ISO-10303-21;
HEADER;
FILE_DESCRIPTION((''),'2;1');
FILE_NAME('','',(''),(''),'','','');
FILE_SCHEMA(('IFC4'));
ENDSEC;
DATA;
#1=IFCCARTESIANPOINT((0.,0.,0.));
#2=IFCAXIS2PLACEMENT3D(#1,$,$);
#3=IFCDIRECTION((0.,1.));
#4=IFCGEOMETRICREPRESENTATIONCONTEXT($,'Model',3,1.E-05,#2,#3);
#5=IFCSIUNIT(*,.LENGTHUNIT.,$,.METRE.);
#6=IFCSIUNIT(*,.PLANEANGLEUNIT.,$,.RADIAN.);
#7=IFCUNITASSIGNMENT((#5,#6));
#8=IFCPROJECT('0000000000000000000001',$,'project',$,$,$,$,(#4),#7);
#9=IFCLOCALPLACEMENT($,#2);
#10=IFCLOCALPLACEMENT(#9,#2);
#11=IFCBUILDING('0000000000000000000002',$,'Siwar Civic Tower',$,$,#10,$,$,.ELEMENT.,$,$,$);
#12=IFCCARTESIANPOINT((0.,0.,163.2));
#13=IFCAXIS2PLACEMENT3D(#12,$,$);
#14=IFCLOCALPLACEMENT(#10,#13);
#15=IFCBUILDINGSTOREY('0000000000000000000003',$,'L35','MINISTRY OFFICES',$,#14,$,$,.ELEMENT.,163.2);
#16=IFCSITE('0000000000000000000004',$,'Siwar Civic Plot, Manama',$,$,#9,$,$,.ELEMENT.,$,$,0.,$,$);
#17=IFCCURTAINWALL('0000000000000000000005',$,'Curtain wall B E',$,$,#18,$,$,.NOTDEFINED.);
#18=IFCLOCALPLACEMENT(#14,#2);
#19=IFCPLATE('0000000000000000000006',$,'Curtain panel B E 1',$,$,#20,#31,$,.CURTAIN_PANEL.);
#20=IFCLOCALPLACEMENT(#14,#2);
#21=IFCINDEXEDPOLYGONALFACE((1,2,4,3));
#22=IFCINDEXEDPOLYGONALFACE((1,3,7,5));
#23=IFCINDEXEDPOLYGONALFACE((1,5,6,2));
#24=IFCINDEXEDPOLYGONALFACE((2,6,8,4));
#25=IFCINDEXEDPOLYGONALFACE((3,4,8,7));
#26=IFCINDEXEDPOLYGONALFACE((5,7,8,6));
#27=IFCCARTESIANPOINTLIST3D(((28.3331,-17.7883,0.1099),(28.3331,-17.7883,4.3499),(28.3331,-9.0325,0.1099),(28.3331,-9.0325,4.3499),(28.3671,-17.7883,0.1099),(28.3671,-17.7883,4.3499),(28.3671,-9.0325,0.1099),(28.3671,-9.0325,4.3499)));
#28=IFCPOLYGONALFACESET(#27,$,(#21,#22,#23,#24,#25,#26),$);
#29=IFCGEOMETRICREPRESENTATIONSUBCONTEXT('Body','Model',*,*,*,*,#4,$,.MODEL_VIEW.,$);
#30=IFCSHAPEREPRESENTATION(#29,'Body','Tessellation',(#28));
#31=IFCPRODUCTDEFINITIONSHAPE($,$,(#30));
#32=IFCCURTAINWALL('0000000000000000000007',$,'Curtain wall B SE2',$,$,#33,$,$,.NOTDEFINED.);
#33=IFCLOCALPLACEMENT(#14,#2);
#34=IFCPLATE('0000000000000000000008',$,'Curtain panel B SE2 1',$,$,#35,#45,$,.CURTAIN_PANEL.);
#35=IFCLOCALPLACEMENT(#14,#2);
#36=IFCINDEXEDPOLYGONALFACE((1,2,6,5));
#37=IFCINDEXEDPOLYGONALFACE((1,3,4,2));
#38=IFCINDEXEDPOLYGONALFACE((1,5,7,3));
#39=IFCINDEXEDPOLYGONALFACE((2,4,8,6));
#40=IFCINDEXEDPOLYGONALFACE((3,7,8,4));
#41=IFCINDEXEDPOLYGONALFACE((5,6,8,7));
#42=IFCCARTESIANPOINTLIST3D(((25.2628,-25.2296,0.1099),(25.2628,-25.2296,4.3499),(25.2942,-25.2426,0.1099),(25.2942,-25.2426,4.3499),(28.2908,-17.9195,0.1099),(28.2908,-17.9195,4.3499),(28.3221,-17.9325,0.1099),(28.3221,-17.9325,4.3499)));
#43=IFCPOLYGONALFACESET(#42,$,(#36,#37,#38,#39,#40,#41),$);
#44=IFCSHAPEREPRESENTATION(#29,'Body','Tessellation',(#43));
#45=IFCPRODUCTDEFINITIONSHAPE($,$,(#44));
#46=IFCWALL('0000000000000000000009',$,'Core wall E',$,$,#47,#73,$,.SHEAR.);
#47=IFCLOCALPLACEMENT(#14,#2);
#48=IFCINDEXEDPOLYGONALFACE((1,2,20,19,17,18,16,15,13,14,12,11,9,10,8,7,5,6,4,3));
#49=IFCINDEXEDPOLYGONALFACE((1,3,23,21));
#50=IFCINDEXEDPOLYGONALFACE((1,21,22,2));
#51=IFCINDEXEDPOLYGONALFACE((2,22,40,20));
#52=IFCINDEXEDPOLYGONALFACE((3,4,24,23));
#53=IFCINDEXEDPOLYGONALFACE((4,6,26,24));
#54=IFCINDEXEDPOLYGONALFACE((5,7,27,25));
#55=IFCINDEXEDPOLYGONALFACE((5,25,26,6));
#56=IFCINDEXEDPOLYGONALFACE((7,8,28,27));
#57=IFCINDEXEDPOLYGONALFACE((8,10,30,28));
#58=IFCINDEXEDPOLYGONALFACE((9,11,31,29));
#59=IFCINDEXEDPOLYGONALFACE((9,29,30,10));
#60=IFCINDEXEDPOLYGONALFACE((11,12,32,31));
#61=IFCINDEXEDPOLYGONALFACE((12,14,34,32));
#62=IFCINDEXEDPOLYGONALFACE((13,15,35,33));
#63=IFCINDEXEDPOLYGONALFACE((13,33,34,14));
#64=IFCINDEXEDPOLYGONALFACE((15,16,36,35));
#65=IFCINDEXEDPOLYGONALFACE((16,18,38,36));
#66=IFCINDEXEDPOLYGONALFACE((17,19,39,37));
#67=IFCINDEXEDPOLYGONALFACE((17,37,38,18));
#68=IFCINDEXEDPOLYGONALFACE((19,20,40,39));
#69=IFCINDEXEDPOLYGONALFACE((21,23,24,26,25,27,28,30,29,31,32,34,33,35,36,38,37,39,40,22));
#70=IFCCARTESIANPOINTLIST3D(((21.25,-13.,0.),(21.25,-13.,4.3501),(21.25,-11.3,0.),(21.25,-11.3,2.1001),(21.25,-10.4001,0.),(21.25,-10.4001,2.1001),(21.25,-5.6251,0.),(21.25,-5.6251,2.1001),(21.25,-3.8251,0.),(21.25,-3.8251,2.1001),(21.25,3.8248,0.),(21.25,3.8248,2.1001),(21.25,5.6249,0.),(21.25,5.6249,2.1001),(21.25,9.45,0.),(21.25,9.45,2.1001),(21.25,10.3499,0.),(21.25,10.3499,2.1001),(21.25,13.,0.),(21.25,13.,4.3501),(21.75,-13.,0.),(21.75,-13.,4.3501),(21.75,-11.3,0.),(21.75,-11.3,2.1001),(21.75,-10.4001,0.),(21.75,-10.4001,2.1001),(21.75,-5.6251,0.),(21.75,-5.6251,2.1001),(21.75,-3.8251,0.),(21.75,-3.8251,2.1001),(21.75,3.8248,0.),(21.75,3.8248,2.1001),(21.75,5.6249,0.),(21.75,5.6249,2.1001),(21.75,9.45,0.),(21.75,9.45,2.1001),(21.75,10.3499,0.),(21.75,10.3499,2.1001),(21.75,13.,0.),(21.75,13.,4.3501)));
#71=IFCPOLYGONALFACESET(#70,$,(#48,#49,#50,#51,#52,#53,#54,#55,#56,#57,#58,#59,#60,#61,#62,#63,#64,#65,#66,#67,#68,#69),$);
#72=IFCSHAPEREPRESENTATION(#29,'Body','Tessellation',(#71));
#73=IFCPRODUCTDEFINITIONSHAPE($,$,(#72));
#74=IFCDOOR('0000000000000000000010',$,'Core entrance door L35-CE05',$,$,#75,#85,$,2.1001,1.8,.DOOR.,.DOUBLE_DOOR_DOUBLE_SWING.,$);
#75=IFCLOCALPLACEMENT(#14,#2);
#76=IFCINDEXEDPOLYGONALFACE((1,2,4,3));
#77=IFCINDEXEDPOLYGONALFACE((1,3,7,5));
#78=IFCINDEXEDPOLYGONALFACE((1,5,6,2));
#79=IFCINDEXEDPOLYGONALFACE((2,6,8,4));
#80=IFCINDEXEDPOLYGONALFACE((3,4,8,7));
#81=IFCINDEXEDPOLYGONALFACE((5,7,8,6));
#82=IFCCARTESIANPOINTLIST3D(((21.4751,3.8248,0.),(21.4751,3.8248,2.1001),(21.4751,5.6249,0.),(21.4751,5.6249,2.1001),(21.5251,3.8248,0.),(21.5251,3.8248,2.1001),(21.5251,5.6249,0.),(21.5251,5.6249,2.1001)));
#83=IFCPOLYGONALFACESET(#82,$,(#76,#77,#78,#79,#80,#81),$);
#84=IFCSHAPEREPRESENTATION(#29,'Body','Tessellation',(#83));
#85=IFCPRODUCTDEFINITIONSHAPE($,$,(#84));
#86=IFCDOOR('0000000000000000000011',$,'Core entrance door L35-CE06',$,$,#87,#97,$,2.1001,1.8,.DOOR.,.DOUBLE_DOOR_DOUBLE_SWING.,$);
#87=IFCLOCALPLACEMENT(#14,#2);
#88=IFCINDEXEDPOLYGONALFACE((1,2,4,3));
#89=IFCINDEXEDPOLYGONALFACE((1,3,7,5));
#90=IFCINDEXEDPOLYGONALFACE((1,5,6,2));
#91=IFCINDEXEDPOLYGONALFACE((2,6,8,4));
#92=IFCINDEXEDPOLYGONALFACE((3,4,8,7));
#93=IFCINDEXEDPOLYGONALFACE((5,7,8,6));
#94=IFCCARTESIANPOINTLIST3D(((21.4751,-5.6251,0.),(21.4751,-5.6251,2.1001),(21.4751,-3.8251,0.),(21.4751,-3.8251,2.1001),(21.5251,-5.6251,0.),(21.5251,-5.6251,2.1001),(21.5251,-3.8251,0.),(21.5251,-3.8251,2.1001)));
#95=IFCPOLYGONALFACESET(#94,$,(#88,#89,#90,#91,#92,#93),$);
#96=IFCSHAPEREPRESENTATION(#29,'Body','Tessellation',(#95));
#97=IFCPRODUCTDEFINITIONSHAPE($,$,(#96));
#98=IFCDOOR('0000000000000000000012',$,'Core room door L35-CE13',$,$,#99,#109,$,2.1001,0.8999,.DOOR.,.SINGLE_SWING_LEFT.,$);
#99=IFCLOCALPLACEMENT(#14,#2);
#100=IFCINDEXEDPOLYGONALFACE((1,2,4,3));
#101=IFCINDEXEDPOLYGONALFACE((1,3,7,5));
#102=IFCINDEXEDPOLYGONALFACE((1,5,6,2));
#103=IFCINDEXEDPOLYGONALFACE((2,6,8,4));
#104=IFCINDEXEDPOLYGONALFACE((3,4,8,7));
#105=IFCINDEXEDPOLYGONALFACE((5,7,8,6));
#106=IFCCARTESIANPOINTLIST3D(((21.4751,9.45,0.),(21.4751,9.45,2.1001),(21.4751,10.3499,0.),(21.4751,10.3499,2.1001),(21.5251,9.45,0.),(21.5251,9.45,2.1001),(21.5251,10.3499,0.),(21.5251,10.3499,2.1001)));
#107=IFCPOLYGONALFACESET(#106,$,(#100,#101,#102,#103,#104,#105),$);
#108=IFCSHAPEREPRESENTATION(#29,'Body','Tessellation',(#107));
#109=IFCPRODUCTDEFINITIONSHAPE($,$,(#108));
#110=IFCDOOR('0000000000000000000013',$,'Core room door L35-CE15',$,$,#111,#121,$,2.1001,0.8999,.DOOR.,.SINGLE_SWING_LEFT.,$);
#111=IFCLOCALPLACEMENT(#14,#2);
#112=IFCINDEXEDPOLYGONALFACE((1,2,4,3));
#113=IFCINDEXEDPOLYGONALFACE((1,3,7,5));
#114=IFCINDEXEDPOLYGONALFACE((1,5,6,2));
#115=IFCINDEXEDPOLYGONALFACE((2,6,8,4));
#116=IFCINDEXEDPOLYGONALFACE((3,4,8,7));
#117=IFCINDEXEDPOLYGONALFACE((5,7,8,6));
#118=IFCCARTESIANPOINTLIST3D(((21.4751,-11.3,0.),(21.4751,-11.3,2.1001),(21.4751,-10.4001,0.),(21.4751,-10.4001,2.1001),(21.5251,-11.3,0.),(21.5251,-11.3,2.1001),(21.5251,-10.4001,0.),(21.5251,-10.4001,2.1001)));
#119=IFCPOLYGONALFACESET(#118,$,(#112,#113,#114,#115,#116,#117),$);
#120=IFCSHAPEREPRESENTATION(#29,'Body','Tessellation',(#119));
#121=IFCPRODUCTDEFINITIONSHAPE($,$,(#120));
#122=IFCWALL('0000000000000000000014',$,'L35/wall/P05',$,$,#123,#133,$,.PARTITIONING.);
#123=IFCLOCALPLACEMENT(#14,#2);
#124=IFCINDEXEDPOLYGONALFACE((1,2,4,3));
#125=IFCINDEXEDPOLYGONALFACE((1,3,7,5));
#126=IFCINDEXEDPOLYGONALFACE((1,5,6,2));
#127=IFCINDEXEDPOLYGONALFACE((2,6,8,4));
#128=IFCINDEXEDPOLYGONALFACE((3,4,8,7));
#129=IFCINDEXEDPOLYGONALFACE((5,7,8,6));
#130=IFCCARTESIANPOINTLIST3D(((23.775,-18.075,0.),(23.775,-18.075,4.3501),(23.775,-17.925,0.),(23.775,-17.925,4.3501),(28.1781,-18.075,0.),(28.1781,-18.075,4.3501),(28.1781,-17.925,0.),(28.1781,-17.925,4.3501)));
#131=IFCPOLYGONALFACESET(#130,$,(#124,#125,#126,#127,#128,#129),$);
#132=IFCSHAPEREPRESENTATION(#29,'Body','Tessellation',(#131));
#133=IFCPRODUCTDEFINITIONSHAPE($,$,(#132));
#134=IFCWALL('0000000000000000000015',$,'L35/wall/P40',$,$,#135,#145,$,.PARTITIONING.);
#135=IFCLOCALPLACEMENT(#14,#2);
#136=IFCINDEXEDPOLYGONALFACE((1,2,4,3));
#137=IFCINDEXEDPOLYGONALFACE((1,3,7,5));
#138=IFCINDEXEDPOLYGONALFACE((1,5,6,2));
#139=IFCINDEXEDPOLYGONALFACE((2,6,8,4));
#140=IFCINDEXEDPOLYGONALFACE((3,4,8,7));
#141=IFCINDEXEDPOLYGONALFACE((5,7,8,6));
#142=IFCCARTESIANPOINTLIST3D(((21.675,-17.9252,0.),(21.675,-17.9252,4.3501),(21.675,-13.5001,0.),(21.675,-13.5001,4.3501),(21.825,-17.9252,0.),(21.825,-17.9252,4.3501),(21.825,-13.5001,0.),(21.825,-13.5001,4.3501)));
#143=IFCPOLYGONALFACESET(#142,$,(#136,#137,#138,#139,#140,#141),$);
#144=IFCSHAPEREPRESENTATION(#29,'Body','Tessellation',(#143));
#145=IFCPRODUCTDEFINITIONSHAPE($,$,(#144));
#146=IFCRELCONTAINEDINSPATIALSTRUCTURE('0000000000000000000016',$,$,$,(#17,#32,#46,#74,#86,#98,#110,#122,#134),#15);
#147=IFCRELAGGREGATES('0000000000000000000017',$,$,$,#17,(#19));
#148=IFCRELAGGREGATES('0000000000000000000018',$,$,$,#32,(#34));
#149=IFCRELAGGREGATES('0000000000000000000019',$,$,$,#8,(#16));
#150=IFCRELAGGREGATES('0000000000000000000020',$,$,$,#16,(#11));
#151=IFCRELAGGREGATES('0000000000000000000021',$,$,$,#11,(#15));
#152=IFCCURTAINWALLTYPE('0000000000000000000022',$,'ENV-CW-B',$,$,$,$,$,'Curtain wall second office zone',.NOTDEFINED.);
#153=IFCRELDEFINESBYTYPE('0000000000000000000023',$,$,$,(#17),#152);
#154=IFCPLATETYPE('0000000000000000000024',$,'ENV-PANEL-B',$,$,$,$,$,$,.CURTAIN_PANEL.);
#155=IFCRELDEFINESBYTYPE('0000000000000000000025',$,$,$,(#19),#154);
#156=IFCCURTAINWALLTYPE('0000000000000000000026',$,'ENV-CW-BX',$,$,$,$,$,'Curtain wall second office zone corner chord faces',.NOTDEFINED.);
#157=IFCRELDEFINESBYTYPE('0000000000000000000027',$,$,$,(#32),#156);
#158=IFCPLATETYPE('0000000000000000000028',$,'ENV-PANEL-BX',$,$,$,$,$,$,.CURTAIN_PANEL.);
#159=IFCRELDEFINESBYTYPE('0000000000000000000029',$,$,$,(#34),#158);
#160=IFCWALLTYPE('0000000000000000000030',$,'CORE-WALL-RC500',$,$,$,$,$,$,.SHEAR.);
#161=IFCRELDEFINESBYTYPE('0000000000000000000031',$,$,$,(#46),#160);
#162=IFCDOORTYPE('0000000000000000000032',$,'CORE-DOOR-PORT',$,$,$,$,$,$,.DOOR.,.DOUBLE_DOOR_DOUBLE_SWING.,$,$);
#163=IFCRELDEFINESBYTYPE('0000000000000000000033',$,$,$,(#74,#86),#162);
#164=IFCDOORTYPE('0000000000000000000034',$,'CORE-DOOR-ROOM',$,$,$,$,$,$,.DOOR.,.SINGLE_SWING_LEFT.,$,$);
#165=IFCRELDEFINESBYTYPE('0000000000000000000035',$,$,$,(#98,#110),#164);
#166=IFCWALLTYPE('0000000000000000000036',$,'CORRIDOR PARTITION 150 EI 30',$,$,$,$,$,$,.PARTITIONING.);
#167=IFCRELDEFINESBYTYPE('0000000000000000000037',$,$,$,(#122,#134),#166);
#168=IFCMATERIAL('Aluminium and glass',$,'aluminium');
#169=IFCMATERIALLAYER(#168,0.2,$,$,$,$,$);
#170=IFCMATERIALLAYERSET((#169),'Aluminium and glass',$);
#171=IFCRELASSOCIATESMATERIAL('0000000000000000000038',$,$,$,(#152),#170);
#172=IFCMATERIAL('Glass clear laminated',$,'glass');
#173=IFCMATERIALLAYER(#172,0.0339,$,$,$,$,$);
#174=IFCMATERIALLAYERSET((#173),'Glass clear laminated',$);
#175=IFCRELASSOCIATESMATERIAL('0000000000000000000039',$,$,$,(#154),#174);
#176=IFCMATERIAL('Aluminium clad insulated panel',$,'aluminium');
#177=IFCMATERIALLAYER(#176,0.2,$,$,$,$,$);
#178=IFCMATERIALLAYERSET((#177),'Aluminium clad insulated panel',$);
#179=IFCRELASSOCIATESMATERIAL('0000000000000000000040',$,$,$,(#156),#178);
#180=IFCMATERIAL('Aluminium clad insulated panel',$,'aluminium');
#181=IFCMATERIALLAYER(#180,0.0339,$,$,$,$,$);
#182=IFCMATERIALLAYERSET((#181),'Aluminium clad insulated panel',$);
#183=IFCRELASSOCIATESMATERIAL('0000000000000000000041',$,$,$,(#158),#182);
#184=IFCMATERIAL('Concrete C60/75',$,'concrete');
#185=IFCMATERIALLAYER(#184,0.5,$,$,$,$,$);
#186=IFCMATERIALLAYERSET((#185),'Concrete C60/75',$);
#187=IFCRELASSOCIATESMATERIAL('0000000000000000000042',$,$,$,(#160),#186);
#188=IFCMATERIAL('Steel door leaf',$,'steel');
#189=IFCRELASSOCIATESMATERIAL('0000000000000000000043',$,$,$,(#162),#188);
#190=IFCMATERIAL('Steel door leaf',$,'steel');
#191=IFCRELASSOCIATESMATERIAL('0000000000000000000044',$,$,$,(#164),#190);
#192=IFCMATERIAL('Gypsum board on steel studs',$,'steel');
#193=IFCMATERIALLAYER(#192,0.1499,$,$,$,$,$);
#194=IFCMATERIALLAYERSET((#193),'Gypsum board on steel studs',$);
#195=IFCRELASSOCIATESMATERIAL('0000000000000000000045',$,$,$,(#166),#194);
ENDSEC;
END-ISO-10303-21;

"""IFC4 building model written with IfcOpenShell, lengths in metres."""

from ifc_helpers import new_model, si_unit, direction, frame, frame_2d, origin, origin_2d, place, context, subcontext, project, spatial, rectangle, extrude, material, layer, layer_set, type_object, element, fill, aggregate, save


model = new_model("IFC4")

# Units and contexts
model_context = context("Model", 3, precision=1e-05, world=origin(), true_north=direction((0.0, 1.0)))
body_context = subcontext(model_context, "Body", "Model", "MODEL_VIEW")
ifc_project = project(units=[si_unit("LENGTHUNIT", "METRE"), si_unit("PLANEANGLEUNIT", "RADIAN")], contexts=[model_context])

# Site, building, storey
site_placement = place(None, origin())
site = spatial("IfcSite", under=ifc_project, at=site_placement, Name="Siwar Civic Plot, Manama", CompositionType="ELEMENT", RefElevation=0.0)
building_placement = place(site_placement, origin())
building = spatial("IfcBuilding", under=site, at=building_placement, Name="Siwar Civic Tower", CompositionType="ELEMENT")
storey_placement = place(building_placement, frame((0.0, 0.0, 163.2)))
storey = spatial("IfcBuildingStorey", under=building, at=storey_placement, Name="L35", Description="MINISTRY OFFICES", CompositionType="ELEMENT", Elevation=163.2)

# Curtain wall
ifc_material_1 = material(Name="Aluminium and glass", Category="aluminium")
ifc_layer_1 = layer(ifc_material_1, 0.2)
ifc_layer_set_1 = layer_set([ifc_layer_1], Name="Aluminium and glass")
curtain_wall_type_1 = type_object("IfcCurtainWallType", Name="ENV-CW-B", ElementType="Curtain wall second office zone", PredefinedType="NOTDEFINED", material=ifc_layer_set_1)
curtain_wall_1_placement = place(storey_placement, origin())
curtain_wall_1 = element("IfcCurtainWall", 1, at=curtain_wall_1_placement, inside=storey, type_object=curtain_wall_type_1, Name="Curtain wall B E", PredefinedType="NOTDEFINED")

# Plate
ifc_material_2 = material(Name="Glass clear laminated", Category="glass")
ifc_layer_2 = layer(ifc_material_2, 0.0339)
ifc_layer_set_2 = layer_set([ifc_layer_2], Name="Glass clear laminated")
plate_type_1 = type_object("IfcPlateType", Name="ENV-PANEL-B", PredefinedType="CURTAIN_PANEL", material=ifc_layer_set_2)
plate_1_placement = place(storey_placement, frame((28.3501, -13.4104, 0.1099), z_axis=(0.0, 0.0, 1.0), x_axis=(0.0, 1.0, 0.0)))
plate_1 = element("IfcPlate", 2, at=plate_1_placement, type_object=plate_type_1, Name="Curtain panel B E 1", PredefinedType="CURTAIN_PANEL", context=body_context, shape_type="SweptSolid", body=[
    extrude(rectangle(XDim=8.7559, YDim=0.0339, at=origin_2d()), origin(), (0.0, 0.0, 1.0), 4.24),
])
aggregate(curtain_wall_1, [plate_1])

# Curtain wall, plate
ifc_material_3 = material(Name="Aluminium clad insulated panel", Category="aluminium")
ifc_layer_3 = layer(ifc_material_3, 0.2)
ifc_layer_set_3 = layer_set([ifc_layer_3], Name="Aluminium clad insulated panel")
curtain_wall_type_2 = type_object("IfcCurtainWallType", Name="ENV-CW-BX", ElementType="Curtain wall second office zone corner chord faces", PredefinedType="NOTDEFINED", material=ifc_layer_set_3)
curtain_wall_2_placement = place(storey_placement, origin())
curtain_wall_2 = element("IfcCurtainWall", 3, at=curtain_wall_2_placement, inside=storey, type_object=curtain_wall_type_2, Name="Curtain wall B SE2", PredefinedType="NOTDEFINED")
ifc_material_4 = material(Name="Aluminium clad insulated panel", Category="aluminium")
ifc_layer_4 = layer(ifc_material_4, 0.0339)
ifc_layer_set_4 = layer_set([ifc_layer_4], Name="Aluminium clad insulated panel")
plate_type_2 = type_object("IfcPlateType", Name="ENV-PANEL-BX", PredefinedType="CURTAIN_PANEL", material=ifc_layer_set_4)
plate_2_placement = place(storey_placement, frame((26.7925, -21.5811, 0.1099), z_axis=(0.0, 0.0, 1.0), x_axis=(0.382683, 0.92388, 0.0)))
plate_2 = element("IfcPlate", 4, at=plate_2_placement, type_object=plate_type_2, Name="Curtain panel B SE2 1", PredefinedType="CURTAIN_PANEL", context=body_context, shape_type="SweptSolid", body=[
    extrude(rectangle(XDim=7.9124, YDim=0.0339, at=origin_2d()), origin(), (0.0, 0.0, 1.0), 4.24),
])
aggregate(curtain_wall_2, [plate_2])

# Wall, openings, doors
ifc_material_5 = material(Name="Concrete C60/75", Category="concrete")
ifc_layer_5 = layer(ifc_material_5, 0.5)
ifc_layer_set_5 = layer_set([ifc_layer_5], Name="Concrete C60/75")
wall_type_1 = type_object("IfcWallType", Name="CORE-WALL-RC500", PredefinedType="SHEAR", material=ifc_layer_set_5)
wall_1_placement = place(storey_placement, frame((21.5, -13.0, 0.0), z_axis=(0.0, 0.0, 1.0), x_axis=(0.0, 1.0, 0.0)))
wall_1 = element("IfcWall", 5, at=wall_1_placement, inside=storey, type_object=wall_type_1, Name="Core wall E", PredefinedType="SHEAR", context=body_context, shape_type="SweptSolid", body=[
    extrude(rectangle(XDim=26.0, YDim=0.5, at=frame_2d((13.0, 0.0))), origin(), (0.0, 0.0, 1.0), 4.3501),
])
opening_1_placement = place(wall_1_placement, frame((16.825, 0.0, 0.0)))
opening_1 = element("IfcOpeningElement", 6, at=opening_1_placement, cuts=wall_1, PredefinedType="OPENING", context=body_context, shape_type="SweptSolid", body=[
    extrude(rectangle(XDim=1.8, YDim=2.1001, at=frame_2d((0.8999, 1.05))), frame((0.0, 0.26, 0.0), z_axis=(0.0, -1.0, 0.0), x_axis=(1.0, 0.0, 0.0)), (0.0, 0.0, 1.0), 0.52),
])
opening_2_placement = place(wall_1_placement, frame((7.375, 0.0, 0.0)))
opening_2 = element("IfcOpeningElement", 7, at=opening_2_placement, cuts=wall_1, PredefinedType="OPENING", context=body_context, shape_type="SweptSolid", body=[
    extrude(rectangle(XDim=1.8, YDim=2.1001, at=frame_2d((0.8999, 1.05))), frame((0.0, 0.26, 0.0), z_axis=(0.0, -1.0, 0.0), x_axis=(1.0, 0.0, 0.0)), (0.0, 0.0, 1.0), 0.52),
])
opening_3_placement = place(wall_1_placement, frame((22.45, 0.0, 0.0)))
opening_3 = element("IfcOpeningElement", 8, at=opening_3_placement, cuts=wall_1, PredefinedType="OPENING", context=body_context, shape_type="SweptSolid", body=[
    extrude(rectangle(XDim=0.8999, YDim=2.1001, at=frame_2d((0.45, 1.05))), frame((0.0, 0.26, 0.0), z_axis=(0.0, -1.0, 0.0), x_axis=(1.0, 0.0, 0.0)), (0.0, 0.0, 1.0), 0.52),
])
opening_4_placement = place(wall_1_placement, frame((1.7, 0.0, 0.0)))
opening_4 = element("IfcOpeningElement", 9, at=opening_4_placement, cuts=wall_1, PredefinedType="OPENING", context=body_context, shape_type="SweptSolid", body=[
    extrude(rectangle(XDim=0.8999, YDim=2.1001, at=frame_2d((0.45, 1.05))), frame((0.0, 0.26, 0.0), z_axis=(0.0, -1.0, 0.0), x_axis=(1.0, 0.0, 0.0)), (0.0, 0.0, 1.0), 0.52),
])
ifc_material_6 = material(Name="Steel door leaf", Category="steel")
door_type_1 = type_object("IfcDoorType", Name="CORE-DOOR-PORT", OperationType="DOUBLE_DOOR_DOUBLE_SWING", PredefinedType="DOOR", material=ifc_material_6)
door_1_placement = place(opening_1_placement, origin())
door_1 = element("IfcDoor", 10, at=door_1_placement, inside=storey, type_object=door_type_1, Name="Core entrance door L35-CE05", OperationType="DOUBLE_DOOR_DOUBLE_SWING", OverallHeight=2.1001, OverallWidth=1.8, PredefinedType="DOOR", context=body_context, shape_type="SweptSolid", body=[
    extrude(rectangle(XDim=1.8, YDim=2.1001, at=frame_2d((0.8999, 1.05))), frame((0.0, 0.0249, 0.0), z_axis=(0.0, -1.0, 0.0), x_axis=(1.0, 0.0, 0.0)), (0.0, 0.0, 1.0), 0.05),
])
fill(opening_1, door_1)
door_2_placement = place(opening_2_placement, origin())
door_2 = element("IfcDoor", 11, at=door_2_placement, inside=storey, type_object=door_type_1, Name="Core entrance door L35-CE06", OperationType="DOUBLE_DOOR_DOUBLE_SWING", OverallHeight=2.1001, OverallWidth=1.8, PredefinedType="DOOR", context=body_context, shape_type="SweptSolid", body=[
    extrude(rectangle(XDim=1.8, YDim=2.1001, at=frame_2d((0.8999, 1.05))), frame((0.0, 0.0249, 0.0), z_axis=(0.0, -1.0, 0.0), x_axis=(1.0, 0.0, 0.0)), (0.0, 0.0, 1.0), 0.05),
])
fill(opening_2, door_2)
ifc_material_7 = material(Name="Steel door leaf", Category="steel")
door_type_2 = type_object("IfcDoorType", Name="CORE-DOOR-ROOM", OperationType="SINGLE_SWING_LEFT", PredefinedType="DOOR", material=ifc_material_7)
door_3_placement = place(opening_3_placement, origin())
door_3 = element("IfcDoor", 12, at=door_3_placement, inside=storey, type_object=door_type_2, Name="Core room door L35-CE13", OperationType="SINGLE_SWING_LEFT", OverallHeight=2.1001, OverallWidth=0.8999, PredefinedType="DOOR", context=body_context, shape_type="SweptSolid", body=[
    extrude(rectangle(XDim=0.8999, YDim=2.1001, at=frame_2d((0.45, 1.05))), frame((0.0, 0.0249, 0.0), z_axis=(0.0, -1.0, 0.0), x_axis=(1.0, 0.0, 0.0)), (0.0, 0.0, 1.0), 0.05),
])
fill(opening_3, door_3)
door_4_placement = place(opening_4_placement, origin())
door_4 = element("IfcDoor", 13, at=door_4_placement, inside=storey, type_object=door_type_2, Name="Core room door L35-CE15", OperationType="SINGLE_SWING_LEFT", OverallHeight=2.1001, OverallWidth=0.8999, PredefinedType="DOOR", context=body_context, shape_type="SweptSolid", body=[
    extrude(rectangle(XDim=0.8999, YDim=2.1001, at=frame_2d((0.45, 1.05))), frame((0.0, 0.0249, 0.0), z_axis=(0.0, -1.0, 0.0), x_axis=(1.0, 0.0, 0.0)), (0.0, 0.0, 1.0), 0.05),
])
fill(opening_4, door_4)

# Walls
ifc_material_8 = material(Name="Gypsum board on steel studs", Category="steel")
ifc_layer_6 = layer(ifc_material_8, 0.1499)
ifc_layer_set_6 = layer_set([ifc_layer_6], Name="Gypsum board on steel studs")
wall_type_2 = type_object("IfcWallType", Name="CORRIDOR PARTITION 150 EI 30", PredefinedType="PARTITIONING", material=ifc_layer_set_6)
wall_2_placement = place(storey_placement, frame((23.7749, -18.0, 0.0), z_axis=(0.0, 0.0, 1.0), x_axis=(1.0, 0.0, 0.0)))
element("IfcWall", 14, at=wall_2_placement, inside=storey, type_object=wall_type_2, Name="L35/wall/P05", PredefinedType="PARTITIONING", context=body_context, shape_type="SweptSolid", body=[
    extrude(rectangle(XDim=4.4031, YDim=0.1499, at=frame_2d((2.2017, 0.0))), origin(), (0.0, 0.0, 1.0), 4.3501),
])
wall_3_placement = place(storey_placement, frame((21.75, -17.925, 0.0), z_axis=(0.0, 0.0, 1.0), x_axis=(0.0, 1.0, 0.0)))
element("IfcWall", 15, at=wall_3_placement, inside=storey, type_object=wall_type_2, Name="L35/wall/P40", PredefinedType="PARTITIONING", context=body_context, shape_type="SweptSolid", body=[
    extrude(rectangle(XDim=4.425, YDim=0.1499, at=frame_2d((2.2124, 0.0))), origin(), (0.0, 0.0, 1.0), 4.3501),
])

save(model, "model.ifc")
